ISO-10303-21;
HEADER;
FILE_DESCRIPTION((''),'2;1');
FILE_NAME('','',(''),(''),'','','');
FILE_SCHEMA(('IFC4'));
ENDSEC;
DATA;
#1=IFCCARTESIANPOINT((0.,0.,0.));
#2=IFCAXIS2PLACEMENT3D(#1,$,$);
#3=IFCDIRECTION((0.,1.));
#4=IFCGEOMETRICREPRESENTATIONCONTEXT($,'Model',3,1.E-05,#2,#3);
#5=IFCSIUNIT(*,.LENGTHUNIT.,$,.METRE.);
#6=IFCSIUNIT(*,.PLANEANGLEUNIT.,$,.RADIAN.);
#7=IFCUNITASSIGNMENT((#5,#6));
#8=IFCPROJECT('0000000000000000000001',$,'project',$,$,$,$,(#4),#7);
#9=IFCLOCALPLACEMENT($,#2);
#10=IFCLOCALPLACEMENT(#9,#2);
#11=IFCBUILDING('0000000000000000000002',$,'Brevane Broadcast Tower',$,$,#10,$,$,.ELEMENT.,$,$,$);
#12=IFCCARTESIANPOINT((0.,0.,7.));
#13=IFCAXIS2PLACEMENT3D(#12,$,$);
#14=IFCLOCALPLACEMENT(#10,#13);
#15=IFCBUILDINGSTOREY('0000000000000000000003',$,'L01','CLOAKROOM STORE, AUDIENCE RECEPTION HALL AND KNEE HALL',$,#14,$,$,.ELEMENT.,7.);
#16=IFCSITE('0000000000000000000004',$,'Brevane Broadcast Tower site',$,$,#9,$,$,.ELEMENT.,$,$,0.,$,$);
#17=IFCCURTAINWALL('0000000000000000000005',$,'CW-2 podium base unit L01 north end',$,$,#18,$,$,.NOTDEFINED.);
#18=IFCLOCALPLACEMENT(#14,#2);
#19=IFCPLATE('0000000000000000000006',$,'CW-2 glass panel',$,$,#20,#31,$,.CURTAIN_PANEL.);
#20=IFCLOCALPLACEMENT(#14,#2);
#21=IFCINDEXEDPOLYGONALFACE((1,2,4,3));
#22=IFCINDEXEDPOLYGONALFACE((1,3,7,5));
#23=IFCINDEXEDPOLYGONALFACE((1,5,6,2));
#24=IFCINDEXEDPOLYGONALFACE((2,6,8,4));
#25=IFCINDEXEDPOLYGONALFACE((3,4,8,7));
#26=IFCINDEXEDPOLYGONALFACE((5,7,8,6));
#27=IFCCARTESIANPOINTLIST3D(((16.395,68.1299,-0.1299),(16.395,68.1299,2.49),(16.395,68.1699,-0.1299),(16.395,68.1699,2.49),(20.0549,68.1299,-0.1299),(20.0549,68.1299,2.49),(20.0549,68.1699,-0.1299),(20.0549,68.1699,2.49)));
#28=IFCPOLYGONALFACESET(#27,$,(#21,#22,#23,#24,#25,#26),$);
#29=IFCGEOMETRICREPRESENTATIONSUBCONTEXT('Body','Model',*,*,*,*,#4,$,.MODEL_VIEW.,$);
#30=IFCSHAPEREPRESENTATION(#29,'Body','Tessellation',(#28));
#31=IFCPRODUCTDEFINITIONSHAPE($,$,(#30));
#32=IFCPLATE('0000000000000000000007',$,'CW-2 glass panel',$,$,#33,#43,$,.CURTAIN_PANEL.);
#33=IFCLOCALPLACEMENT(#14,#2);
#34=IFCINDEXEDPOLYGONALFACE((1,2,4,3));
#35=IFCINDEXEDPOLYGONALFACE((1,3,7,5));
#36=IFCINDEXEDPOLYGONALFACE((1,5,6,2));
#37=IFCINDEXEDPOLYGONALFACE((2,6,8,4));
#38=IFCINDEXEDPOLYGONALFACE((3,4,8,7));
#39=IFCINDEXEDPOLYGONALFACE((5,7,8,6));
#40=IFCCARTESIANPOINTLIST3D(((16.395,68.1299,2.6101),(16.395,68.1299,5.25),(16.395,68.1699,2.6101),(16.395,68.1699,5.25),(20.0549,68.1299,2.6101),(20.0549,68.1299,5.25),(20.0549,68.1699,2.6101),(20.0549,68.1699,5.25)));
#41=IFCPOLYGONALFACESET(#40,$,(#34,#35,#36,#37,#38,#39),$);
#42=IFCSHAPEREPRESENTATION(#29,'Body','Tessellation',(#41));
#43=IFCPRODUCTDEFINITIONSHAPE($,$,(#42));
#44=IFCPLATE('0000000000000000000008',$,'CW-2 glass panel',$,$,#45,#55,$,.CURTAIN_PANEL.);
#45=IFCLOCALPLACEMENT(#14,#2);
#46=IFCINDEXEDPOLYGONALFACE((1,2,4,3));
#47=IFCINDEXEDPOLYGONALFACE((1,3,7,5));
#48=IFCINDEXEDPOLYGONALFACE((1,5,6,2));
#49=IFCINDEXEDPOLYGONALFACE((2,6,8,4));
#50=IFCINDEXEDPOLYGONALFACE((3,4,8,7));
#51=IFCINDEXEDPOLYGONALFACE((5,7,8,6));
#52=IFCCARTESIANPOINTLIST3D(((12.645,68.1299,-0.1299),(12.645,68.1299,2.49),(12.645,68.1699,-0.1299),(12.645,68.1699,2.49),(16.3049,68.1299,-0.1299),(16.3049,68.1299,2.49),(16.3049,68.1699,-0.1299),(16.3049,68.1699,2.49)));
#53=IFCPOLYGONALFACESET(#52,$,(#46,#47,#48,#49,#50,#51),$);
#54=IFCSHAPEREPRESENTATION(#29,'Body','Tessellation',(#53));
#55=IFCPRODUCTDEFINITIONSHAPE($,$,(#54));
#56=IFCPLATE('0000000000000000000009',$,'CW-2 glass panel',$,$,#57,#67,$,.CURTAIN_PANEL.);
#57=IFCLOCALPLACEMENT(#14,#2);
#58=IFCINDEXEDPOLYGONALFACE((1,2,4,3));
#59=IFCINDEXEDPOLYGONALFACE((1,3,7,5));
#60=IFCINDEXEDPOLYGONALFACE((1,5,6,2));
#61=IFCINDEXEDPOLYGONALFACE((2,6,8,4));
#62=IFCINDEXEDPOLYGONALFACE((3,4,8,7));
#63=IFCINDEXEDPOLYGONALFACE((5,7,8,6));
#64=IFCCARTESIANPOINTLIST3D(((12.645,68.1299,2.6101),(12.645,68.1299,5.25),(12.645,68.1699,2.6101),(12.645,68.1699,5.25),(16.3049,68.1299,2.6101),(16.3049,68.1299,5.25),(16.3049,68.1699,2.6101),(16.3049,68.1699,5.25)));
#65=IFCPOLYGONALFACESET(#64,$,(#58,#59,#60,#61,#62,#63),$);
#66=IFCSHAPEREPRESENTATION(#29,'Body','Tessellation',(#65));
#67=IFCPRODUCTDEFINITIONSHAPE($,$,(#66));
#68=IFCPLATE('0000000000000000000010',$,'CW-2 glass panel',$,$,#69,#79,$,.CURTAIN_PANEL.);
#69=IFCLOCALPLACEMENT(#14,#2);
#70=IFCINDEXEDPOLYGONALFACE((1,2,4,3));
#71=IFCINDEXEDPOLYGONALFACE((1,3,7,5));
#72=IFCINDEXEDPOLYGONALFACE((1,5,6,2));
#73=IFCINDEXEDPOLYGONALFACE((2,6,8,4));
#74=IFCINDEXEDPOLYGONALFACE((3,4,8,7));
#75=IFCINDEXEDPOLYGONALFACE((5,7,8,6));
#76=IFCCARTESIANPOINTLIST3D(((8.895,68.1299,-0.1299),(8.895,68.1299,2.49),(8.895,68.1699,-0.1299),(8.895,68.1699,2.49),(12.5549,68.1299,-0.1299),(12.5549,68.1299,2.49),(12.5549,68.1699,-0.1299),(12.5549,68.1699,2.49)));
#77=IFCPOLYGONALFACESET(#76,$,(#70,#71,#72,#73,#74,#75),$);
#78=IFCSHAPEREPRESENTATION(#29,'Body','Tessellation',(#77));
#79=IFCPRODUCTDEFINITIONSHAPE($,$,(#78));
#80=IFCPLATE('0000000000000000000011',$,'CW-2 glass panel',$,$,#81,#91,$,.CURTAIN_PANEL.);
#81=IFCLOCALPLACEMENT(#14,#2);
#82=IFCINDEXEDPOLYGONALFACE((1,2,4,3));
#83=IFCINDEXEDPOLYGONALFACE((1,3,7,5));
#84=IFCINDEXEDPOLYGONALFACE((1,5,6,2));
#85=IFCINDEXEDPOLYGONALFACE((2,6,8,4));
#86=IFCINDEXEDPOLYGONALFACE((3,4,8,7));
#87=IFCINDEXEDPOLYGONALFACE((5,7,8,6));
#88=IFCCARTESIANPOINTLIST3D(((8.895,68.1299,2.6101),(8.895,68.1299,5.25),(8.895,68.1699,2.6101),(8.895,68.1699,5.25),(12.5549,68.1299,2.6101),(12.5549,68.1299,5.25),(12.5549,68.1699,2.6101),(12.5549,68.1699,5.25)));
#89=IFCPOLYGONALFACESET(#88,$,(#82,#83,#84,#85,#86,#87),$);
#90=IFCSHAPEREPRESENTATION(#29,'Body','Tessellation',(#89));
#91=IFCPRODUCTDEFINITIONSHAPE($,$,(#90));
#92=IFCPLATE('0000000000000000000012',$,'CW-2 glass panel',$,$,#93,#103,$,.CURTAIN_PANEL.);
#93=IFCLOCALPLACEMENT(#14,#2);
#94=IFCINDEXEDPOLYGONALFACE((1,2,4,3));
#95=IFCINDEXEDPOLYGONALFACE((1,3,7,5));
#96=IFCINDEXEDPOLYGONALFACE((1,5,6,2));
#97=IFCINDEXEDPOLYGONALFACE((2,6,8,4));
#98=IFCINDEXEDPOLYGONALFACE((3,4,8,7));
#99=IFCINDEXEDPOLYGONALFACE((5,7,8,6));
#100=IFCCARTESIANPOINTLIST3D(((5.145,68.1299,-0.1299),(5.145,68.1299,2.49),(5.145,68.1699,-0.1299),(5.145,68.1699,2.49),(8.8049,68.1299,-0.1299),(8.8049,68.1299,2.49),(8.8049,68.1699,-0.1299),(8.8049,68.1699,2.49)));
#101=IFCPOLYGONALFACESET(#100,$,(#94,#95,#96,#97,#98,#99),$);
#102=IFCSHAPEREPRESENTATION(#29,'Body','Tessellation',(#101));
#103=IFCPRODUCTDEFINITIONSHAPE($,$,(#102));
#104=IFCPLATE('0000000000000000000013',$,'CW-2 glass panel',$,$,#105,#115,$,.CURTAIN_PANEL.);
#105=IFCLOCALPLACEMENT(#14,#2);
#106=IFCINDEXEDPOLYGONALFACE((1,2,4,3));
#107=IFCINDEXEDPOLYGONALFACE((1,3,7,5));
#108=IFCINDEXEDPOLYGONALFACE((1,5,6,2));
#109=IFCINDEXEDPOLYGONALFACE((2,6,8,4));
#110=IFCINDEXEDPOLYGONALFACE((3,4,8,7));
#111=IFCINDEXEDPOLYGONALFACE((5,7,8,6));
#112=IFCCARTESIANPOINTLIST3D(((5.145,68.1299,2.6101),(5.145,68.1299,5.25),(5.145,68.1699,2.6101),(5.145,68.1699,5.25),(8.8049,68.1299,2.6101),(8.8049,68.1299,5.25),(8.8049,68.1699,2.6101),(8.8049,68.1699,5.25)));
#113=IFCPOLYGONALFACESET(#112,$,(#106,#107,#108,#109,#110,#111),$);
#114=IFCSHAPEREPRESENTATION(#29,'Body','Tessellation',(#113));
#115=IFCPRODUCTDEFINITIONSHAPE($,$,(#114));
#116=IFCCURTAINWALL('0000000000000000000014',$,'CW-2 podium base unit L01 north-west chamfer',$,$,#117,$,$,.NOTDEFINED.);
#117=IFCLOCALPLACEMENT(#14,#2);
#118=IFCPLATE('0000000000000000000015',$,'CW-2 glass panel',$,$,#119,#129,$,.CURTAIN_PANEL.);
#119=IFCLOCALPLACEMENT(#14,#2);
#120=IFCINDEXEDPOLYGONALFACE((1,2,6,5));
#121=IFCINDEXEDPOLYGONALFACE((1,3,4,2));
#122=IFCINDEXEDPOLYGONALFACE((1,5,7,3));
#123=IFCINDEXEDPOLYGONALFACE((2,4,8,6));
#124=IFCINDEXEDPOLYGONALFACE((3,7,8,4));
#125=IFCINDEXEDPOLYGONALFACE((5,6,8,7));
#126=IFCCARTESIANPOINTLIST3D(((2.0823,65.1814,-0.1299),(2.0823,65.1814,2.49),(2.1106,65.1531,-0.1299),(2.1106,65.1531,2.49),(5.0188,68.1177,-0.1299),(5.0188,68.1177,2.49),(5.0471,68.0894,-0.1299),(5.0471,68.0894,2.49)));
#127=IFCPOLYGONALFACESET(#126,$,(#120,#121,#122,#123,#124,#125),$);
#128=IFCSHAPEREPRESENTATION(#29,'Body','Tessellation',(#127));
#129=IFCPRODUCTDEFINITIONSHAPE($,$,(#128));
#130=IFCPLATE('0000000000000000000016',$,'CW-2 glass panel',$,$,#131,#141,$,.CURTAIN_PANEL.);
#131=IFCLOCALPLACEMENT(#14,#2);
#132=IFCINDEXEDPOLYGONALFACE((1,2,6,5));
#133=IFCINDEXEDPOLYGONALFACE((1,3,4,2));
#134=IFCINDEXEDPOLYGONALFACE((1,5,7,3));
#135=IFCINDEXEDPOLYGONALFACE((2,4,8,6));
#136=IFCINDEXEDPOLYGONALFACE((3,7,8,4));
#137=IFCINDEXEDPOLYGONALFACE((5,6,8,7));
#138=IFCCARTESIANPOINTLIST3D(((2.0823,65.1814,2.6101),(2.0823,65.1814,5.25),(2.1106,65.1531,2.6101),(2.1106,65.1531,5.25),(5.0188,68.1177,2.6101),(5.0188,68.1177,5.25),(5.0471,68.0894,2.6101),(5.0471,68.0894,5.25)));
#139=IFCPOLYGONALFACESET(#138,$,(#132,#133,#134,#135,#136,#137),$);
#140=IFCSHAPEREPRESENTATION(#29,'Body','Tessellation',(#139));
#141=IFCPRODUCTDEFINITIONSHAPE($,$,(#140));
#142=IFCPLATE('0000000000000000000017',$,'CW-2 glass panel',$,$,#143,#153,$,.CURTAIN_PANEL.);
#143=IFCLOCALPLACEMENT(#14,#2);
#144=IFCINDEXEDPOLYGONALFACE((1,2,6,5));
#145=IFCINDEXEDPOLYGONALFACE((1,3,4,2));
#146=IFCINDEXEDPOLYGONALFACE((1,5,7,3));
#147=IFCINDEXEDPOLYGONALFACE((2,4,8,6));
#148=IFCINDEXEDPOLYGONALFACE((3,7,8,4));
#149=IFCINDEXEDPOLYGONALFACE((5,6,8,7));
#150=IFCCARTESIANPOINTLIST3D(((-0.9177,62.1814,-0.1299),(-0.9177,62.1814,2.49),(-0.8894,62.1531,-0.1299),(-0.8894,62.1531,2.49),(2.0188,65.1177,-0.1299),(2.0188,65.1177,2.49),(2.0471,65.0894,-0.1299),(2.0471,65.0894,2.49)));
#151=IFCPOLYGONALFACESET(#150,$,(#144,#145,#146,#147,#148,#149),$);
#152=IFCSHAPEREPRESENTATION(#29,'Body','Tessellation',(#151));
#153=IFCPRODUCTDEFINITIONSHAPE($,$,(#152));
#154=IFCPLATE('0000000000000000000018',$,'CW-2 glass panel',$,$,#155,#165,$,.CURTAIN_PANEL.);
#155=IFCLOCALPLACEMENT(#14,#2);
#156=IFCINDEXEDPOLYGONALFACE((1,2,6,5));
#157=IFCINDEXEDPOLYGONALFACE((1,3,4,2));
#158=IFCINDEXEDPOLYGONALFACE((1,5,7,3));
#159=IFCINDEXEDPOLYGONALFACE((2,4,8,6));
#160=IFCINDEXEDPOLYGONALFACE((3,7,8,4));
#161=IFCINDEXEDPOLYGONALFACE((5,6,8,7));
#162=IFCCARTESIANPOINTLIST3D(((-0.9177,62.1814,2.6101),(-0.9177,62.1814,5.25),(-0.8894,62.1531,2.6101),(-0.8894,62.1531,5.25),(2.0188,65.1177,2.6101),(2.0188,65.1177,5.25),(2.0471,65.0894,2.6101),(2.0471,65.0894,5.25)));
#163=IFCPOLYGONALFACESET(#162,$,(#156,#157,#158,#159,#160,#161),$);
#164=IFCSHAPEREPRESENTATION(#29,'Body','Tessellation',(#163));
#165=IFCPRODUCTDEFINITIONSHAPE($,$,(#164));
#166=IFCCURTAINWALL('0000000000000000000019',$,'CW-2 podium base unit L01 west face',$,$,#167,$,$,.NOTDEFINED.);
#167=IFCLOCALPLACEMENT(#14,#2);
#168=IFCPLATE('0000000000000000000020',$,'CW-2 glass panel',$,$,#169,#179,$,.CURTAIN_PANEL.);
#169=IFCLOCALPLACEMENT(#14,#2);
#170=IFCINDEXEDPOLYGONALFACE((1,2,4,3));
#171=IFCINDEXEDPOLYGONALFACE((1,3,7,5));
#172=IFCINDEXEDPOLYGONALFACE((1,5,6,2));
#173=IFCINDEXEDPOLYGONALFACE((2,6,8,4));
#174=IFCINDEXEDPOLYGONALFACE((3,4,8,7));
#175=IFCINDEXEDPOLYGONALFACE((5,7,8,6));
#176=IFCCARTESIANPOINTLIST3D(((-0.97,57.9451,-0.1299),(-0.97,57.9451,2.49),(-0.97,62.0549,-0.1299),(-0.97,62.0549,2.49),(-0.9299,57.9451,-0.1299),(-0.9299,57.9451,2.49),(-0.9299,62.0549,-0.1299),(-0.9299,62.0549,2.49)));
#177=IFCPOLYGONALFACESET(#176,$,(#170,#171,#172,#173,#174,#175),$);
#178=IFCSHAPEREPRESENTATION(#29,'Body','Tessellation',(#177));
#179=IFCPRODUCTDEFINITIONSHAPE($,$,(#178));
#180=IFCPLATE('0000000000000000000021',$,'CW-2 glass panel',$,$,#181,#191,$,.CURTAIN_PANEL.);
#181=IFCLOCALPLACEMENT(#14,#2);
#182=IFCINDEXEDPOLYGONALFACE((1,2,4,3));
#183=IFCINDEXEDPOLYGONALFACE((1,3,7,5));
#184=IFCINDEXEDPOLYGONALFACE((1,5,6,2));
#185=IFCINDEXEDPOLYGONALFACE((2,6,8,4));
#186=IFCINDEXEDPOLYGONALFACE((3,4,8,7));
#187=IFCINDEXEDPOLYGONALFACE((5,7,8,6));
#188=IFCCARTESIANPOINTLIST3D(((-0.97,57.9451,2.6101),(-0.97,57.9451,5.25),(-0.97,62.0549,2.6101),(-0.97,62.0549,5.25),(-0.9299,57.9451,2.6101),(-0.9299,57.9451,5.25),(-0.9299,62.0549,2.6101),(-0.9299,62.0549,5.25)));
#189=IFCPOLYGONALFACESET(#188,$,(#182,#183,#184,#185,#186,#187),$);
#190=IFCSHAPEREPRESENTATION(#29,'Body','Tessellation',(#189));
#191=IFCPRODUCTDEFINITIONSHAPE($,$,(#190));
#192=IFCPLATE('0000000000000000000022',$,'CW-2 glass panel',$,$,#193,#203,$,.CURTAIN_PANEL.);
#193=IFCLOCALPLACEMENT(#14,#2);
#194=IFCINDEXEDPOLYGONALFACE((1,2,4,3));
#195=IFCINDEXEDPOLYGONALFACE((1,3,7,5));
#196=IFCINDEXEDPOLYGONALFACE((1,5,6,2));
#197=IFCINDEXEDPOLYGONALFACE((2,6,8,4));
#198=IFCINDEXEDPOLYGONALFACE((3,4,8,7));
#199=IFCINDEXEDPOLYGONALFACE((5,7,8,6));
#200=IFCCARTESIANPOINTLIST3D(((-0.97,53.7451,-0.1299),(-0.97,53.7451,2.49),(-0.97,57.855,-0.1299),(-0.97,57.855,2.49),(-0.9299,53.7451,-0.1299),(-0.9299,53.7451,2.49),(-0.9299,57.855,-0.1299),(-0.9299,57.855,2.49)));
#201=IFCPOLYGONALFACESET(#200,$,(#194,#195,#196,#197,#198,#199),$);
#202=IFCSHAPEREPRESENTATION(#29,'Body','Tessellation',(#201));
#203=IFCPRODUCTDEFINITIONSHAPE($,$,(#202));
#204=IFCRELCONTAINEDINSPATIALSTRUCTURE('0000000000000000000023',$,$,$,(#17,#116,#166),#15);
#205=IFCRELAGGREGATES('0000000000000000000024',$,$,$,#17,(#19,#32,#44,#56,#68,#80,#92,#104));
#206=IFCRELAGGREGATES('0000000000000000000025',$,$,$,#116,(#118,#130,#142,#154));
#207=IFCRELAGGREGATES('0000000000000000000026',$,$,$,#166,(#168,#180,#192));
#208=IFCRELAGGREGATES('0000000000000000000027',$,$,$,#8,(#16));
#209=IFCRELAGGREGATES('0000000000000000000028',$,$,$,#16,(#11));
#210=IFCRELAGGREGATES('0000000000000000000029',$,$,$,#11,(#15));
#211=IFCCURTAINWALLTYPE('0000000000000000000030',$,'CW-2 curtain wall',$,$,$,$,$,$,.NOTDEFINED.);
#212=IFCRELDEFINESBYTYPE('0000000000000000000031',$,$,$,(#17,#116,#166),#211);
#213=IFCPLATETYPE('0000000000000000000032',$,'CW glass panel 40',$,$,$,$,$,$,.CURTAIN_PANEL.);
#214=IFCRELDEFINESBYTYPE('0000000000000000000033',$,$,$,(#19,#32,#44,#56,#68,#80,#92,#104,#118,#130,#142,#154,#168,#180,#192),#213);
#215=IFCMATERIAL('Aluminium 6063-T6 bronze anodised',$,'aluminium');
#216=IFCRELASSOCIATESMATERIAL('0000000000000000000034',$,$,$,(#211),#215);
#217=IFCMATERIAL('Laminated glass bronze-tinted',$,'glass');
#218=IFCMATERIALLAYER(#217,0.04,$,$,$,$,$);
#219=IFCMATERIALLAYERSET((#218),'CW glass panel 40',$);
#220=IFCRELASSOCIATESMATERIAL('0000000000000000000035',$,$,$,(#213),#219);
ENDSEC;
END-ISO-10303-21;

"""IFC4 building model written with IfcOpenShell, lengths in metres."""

from ifc_helpers import new_model, si_unit, direction, frame, origin, place, context, subcontext, project, spatial, polyline, outline, extrude, material, layer, layer_set, type_object, element, aggregate, save


model = new_model("IFC4")

# Units and contexts
model_context = context("Model", 3, precision=1e-05, world=origin(), true_north=direction((0.0, 1.0)))
body_context = subcontext(model_context, "Body", "Model", "MODEL_VIEW")
ifc_project = project(units=[si_unit("LENGTHUNIT", "METRE"), si_unit("PLANEANGLEUNIT", "RADIAN")], contexts=[model_context])

# Site, building, storey
site_placement = place(None, origin())
site = spatial("IfcSite", under=ifc_project, at=site_placement, Name="Brevane Broadcast Tower site", CompositionType="ELEMENT", RefElevation=0.0)
building_placement = place(site_placement, origin())
building = spatial("IfcBuilding", under=site, at=building_placement, Name="Brevane Broadcast Tower", CompositionType="ELEMENT")
storey_placement = place(building_placement, frame((0.0, 0.0, 7.0)))
storey = spatial("IfcBuildingStorey", under=building, at=storey_placement, Name="L01", Description="CLOAKROOM STORE, AUDIENCE RECEPTION HALL AND KNEE HALL", CompositionType="ELEMENT", Elevation=7.0)

# Shared definitions
ifc_material_1 = material(Name="Aluminium 6063-T6 bronze anodised", Category="aluminium")
curtain_wall_type = type_object("IfcCurtainWallType", Name="CW-2 curtain wall", PredefinedType="NOTDEFINED", material=ifc_material_1)
ifc_material_2 = material(Name="Laminated glass bronze-tinted", Category="glass")
ifc_layer = layer(ifc_material_2, 0.04)
ifc_layer_set = layer_set([ifc_layer], Name="CW glass panel 40")
plate_type = type_object("IfcPlateType", Name="CW glass panel 40", PredefinedType="CURTAIN_PANEL", material=ifc_layer_set)

# Curtain walls, plates
curtain_wall_1_placement = place(storey_placement, origin())
curtain_wall_1 = element("IfcCurtainWall", 1, at=curtain_wall_1_placement, inside=storey, type_object=curtain_wall_type, Name="CW-2 podium base unit L01 north end", PredefinedType="NOTDEFINED")
plate_1_placement = place(storey_placement, frame((0.0, 0.0, -0.1299)))
plate_1 = element("IfcPlate", 2, at=plate_1_placement, type_object=plate_type, Name="CW-2 glass panel", PredefinedType="CURTAIN_PANEL", context=body_context, shape_type="SweptSolid", body=[
    extrude(outline(polyline([(16.395, 68.1699), (16.395, 68.1299), (20.0549, 68.1299), (20.0549, 68.1699), (16.395, 68.1699)])), origin(), (0.0, 0.0, 1.0), 2.6199),
])
plate_2_placement = place(storey_placement, frame((0.0, 0.0, 2.6101)))
plate_2 = element("IfcPlate", 3, at=plate_2_placement, type_object=plate_type, Name="CW-2 glass panel", PredefinedType="CURTAIN_PANEL", context=body_context, shape_type="SweptSolid", body=[
    extrude(outline(polyline([(16.395, 68.1699), (16.395, 68.1299), (20.0549, 68.1299), (20.0549, 68.1699), (16.395, 68.1699)])), origin(), (0.0, 0.0, 1.0), 2.6399),
])
plate_3_placement = place(storey_placement, frame((0.0, 0.0, -0.1299)))
plate_3 = element("IfcPlate", 4, at=plate_3_placement, type_object=plate_type, Name="CW-2 glass panel", PredefinedType="CURTAIN_PANEL", context=body_context, shape_type="SweptSolid", body=[
    extrude(outline(polyline([(12.645, 68.1699), (12.645, 68.1299), (16.3049, 68.1299), (16.3049, 68.1699), (12.645, 68.1699)])), origin(), (0.0, 0.0, 1.0), 2.6199),
])
plate_4_placement = place(storey_placement, frame((0.0, 0.0, 2.6101)))
plate_4 = element("IfcPlate", 5, at=plate_4_placement, type_object=plate_type, Name="CW-2 glass panel", PredefinedType="CURTAIN_PANEL", context=body_context, shape_type="SweptSolid", body=[
    extrude(outline(polyline([(12.645, 68.1699), (12.645, 68.1299), (16.3049, 68.1299), (16.3049, 68.1699), (12.645, 68.1699)])), origin(), (0.0, 0.0, 1.0), 2.6399),
])
plate_5_placement = place(storey_placement, frame((0.0, 0.0, -0.1299)))
plate_5 = element("IfcPlate", 6, at=plate_5_placement, type_object=plate_type, Name="CW-2 glass panel", PredefinedType="CURTAIN_PANEL", context=body_context, shape_type="SweptSolid", body=[
    extrude(outline(polyline([(8.895, 68.1699), (8.895, 68.1299), (12.5549, 68.1299), (12.5549, 68.1699), (8.895, 68.1699)])), origin(), (0.0, 0.0, 1.0), 2.6199),
])
plate_6_placement = place(storey_placement, frame((0.0, 0.0, 2.6101)))
plate_6 = element("IfcPlate", 7, at=plate_6_placement, type_object=plate_type, Name="CW-2 glass panel", PredefinedType="CURTAIN_PANEL", context=body_context, shape_type="SweptSolid", body=[
    extrude(outline(polyline([(8.895, 68.1699), (8.895, 68.1299), (12.5549, 68.1299), (12.5549, 68.1699), (8.895, 68.1699)])), origin(), (0.0, 0.0, 1.0), 2.6399),
])
plate_7_placement = place(storey_placement, frame((0.0, 0.0, -0.1299)))
plate_7 = element("IfcPlate", 8, at=plate_7_placement, type_object=plate_type, Name="CW-2 glass panel", PredefinedType="CURTAIN_PANEL", context=body_context, shape_type="SweptSolid", body=[
    extrude(outline(polyline([(5.145, 68.1699), (5.145, 68.1299), (8.8049, 68.1299), (8.8049, 68.1699), (5.145, 68.1699)])), origin(), (0.0, 0.0, 1.0), 2.6199),
])
plate_8_placement = place(storey_placement, frame((0.0, 0.0, 2.6101)))
plate_8 = element("IfcPlate", 9, at=plate_8_placement, type_object=plate_type, Name="CW-2 glass panel", PredefinedType="CURTAIN_PANEL", context=body_context, shape_type="SweptSolid", body=[
    extrude(outline(polyline([(5.145, 68.1699), (5.145, 68.1299), (8.8049, 68.1299), (8.8049, 68.1699), (5.145, 68.1699)])), origin(), (0.0, 0.0, 1.0), 2.6399),
])
aggregate(curtain_wall_1, [plate_1, plate_2, plate_3, plate_4, plate_5, plate_6, plate_7, plate_8])
curtain_wall_2_placement = place(storey_placement, origin())
curtain_wall_2 = element("IfcCurtainWall", 10, at=curtain_wall_2_placement, inside=storey, type_object=curtain_wall_type, Name="CW-2 podium base unit L01 north-west chamfer", PredefinedType="NOTDEFINED")
plate_9_placement = place(storey_placement, frame((0.0, 0.0, -0.1299)))
plate_9 = element("IfcPlate", 11, at=plate_9_placement, type_object=plate_type, Name="CW-2 glass panel", PredefinedType="CURTAIN_PANEL", context=body_context, shape_type="SweptSolid", body=[
    extrude(outline(polyline([(5.0471, 68.0894), (2.1106, 65.1531), (2.0823, 65.1814), (5.0188, 68.1177), (5.0471, 68.0894)])), origin(), (0.0, 0.0, 1.0), 2.6199),
])
plate_10_placement = place(storey_placement, frame((0.0, 0.0, 2.6101)))
plate_10 = element("IfcPlate", 12, at=plate_10_placement, type_object=plate_type, Name="CW-2 glass panel", PredefinedType="CURTAIN_PANEL", context=body_context, shape_type="SweptSolid", body=[
    extrude(outline(polyline([(5.0471, 68.0894), (2.1106, 65.1531), (2.0823, 65.1814), (5.0188, 68.1177), (5.0471, 68.0894)])), origin(), (0.0, 0.0, 1.0), 2.6399),
])
plate_11_placement = place(storey_placement, frame((0.0, 0.0, -0.1299)))
plate_11 = element("IfcPlate", 13, at=plate_11_placement, type_object=plate_type, Name="CW-2 glass panel", PredefinedType="CURTAIN_PANEL", context=body_context, shape_type="SweptSolid", body=[
    extrude(outline(polyline([(2.0471, 65.0894), (-0.8894, 62.1531), (-0.9177, 62.1814), (2.0188, 65.1177), (2.0471, 65.0894)])), origin(), (0.0, 0.0, 1.0), 2.6199),
])
plate_12_placement = place(storey_placement, frame((0.0, 0.0, 2.6101)))
plate_12 = element("IfcPlate", 14, at=plate_12_placement, type_object=plate_type, Name="CW-2 glass panel", PredefinedType="CURTAIN_PANEL", context=body_context, shape_type="SweptSolid", body=[
    extrude(outline(polyline([(2.0471, 65.0894), (-0.8894, 62.1531), (-0.9177, 62.1814), (2.0188, 65.1177), (2.0471, 65.0894)])), origin(), (0.0, 0.0, 1.0), 2.6399),
])
aggregate(curtain_wall_2, [plate_9, plate_10, plate_11, plate_12])
curtain_wall_3_placement = place(storey_placement, origin())
curtain_wall_3 = element("IfcCurtainWall", 15, at=curtain_wall_3_placement, inside=storey, type_object=curtain_wall_type, Name="CW-2 podium base unit L01 west face", PredefinedType="NOTDEFINED")
plate_13_placement = place(storey_placement, frame((0.0, 0.0, -0.1299)))
plate_13 = element("IfcPlate", 16, at=plate_13_placement, type_object=plate_type, Name="CW-2 glass panel", PredefinedType="CURTAIN_PANEL", context=body_context, shape_type="SweptSolid", body=[
    extrude(outline(polyline([(-0.97, 57.9451), (-0.9299, 57.9451), (-0.9299, 62.0549), (-0.97, 62.0549), (-0.97, 57.9451)])), origin(), (0.0, 0.0, 1.0), 2.6199),
])
plate_14_placement = place(storey_placement, frame((0.0, 0.0, 2.6101)))
plate_14 = element("IfcPlate", 17, at=plate_14_placement, type_object=plate_type, Name="CW-2 glass panel", PredefinedType="CURTAIN_PANEL", context=body_context, shape_type="SweptSolid", body=[
    extrude(outline(polyline([(-0.97, 57.9451), (-0.9299, 57.9451), (-0.9299, 62.0549), (-0.97, 62.0549), (-0.97, 57.9451)])), origin(), (0.0, 0.0, 1.0), 2.6399),
])
plate_15_placement = place(storey_placement, frame((0.0, 0.0, -0.1299)))
plate_15 = element("IfcPlate", 18, at=plate_15_placement, type_object=plate_type, Name="CW-2 glass panel", PredefinedType="CURTAIN_PANEL", context=body_context, shape_type="SweptSolid", body=[
    extrude(outline(polyline([(-0.97, 53.7451), (-0.9299, 53.7451), (-0.9299, 57.855), (-0.97, 57.855), (-0.97, 53.7451)])), origin(), (0.0, 0.0, 1.0), 2.6199),
])
aggregate(curtain_wall_3, [plate_13, plate_14, plate_15])

save(model, "model.ifc")
